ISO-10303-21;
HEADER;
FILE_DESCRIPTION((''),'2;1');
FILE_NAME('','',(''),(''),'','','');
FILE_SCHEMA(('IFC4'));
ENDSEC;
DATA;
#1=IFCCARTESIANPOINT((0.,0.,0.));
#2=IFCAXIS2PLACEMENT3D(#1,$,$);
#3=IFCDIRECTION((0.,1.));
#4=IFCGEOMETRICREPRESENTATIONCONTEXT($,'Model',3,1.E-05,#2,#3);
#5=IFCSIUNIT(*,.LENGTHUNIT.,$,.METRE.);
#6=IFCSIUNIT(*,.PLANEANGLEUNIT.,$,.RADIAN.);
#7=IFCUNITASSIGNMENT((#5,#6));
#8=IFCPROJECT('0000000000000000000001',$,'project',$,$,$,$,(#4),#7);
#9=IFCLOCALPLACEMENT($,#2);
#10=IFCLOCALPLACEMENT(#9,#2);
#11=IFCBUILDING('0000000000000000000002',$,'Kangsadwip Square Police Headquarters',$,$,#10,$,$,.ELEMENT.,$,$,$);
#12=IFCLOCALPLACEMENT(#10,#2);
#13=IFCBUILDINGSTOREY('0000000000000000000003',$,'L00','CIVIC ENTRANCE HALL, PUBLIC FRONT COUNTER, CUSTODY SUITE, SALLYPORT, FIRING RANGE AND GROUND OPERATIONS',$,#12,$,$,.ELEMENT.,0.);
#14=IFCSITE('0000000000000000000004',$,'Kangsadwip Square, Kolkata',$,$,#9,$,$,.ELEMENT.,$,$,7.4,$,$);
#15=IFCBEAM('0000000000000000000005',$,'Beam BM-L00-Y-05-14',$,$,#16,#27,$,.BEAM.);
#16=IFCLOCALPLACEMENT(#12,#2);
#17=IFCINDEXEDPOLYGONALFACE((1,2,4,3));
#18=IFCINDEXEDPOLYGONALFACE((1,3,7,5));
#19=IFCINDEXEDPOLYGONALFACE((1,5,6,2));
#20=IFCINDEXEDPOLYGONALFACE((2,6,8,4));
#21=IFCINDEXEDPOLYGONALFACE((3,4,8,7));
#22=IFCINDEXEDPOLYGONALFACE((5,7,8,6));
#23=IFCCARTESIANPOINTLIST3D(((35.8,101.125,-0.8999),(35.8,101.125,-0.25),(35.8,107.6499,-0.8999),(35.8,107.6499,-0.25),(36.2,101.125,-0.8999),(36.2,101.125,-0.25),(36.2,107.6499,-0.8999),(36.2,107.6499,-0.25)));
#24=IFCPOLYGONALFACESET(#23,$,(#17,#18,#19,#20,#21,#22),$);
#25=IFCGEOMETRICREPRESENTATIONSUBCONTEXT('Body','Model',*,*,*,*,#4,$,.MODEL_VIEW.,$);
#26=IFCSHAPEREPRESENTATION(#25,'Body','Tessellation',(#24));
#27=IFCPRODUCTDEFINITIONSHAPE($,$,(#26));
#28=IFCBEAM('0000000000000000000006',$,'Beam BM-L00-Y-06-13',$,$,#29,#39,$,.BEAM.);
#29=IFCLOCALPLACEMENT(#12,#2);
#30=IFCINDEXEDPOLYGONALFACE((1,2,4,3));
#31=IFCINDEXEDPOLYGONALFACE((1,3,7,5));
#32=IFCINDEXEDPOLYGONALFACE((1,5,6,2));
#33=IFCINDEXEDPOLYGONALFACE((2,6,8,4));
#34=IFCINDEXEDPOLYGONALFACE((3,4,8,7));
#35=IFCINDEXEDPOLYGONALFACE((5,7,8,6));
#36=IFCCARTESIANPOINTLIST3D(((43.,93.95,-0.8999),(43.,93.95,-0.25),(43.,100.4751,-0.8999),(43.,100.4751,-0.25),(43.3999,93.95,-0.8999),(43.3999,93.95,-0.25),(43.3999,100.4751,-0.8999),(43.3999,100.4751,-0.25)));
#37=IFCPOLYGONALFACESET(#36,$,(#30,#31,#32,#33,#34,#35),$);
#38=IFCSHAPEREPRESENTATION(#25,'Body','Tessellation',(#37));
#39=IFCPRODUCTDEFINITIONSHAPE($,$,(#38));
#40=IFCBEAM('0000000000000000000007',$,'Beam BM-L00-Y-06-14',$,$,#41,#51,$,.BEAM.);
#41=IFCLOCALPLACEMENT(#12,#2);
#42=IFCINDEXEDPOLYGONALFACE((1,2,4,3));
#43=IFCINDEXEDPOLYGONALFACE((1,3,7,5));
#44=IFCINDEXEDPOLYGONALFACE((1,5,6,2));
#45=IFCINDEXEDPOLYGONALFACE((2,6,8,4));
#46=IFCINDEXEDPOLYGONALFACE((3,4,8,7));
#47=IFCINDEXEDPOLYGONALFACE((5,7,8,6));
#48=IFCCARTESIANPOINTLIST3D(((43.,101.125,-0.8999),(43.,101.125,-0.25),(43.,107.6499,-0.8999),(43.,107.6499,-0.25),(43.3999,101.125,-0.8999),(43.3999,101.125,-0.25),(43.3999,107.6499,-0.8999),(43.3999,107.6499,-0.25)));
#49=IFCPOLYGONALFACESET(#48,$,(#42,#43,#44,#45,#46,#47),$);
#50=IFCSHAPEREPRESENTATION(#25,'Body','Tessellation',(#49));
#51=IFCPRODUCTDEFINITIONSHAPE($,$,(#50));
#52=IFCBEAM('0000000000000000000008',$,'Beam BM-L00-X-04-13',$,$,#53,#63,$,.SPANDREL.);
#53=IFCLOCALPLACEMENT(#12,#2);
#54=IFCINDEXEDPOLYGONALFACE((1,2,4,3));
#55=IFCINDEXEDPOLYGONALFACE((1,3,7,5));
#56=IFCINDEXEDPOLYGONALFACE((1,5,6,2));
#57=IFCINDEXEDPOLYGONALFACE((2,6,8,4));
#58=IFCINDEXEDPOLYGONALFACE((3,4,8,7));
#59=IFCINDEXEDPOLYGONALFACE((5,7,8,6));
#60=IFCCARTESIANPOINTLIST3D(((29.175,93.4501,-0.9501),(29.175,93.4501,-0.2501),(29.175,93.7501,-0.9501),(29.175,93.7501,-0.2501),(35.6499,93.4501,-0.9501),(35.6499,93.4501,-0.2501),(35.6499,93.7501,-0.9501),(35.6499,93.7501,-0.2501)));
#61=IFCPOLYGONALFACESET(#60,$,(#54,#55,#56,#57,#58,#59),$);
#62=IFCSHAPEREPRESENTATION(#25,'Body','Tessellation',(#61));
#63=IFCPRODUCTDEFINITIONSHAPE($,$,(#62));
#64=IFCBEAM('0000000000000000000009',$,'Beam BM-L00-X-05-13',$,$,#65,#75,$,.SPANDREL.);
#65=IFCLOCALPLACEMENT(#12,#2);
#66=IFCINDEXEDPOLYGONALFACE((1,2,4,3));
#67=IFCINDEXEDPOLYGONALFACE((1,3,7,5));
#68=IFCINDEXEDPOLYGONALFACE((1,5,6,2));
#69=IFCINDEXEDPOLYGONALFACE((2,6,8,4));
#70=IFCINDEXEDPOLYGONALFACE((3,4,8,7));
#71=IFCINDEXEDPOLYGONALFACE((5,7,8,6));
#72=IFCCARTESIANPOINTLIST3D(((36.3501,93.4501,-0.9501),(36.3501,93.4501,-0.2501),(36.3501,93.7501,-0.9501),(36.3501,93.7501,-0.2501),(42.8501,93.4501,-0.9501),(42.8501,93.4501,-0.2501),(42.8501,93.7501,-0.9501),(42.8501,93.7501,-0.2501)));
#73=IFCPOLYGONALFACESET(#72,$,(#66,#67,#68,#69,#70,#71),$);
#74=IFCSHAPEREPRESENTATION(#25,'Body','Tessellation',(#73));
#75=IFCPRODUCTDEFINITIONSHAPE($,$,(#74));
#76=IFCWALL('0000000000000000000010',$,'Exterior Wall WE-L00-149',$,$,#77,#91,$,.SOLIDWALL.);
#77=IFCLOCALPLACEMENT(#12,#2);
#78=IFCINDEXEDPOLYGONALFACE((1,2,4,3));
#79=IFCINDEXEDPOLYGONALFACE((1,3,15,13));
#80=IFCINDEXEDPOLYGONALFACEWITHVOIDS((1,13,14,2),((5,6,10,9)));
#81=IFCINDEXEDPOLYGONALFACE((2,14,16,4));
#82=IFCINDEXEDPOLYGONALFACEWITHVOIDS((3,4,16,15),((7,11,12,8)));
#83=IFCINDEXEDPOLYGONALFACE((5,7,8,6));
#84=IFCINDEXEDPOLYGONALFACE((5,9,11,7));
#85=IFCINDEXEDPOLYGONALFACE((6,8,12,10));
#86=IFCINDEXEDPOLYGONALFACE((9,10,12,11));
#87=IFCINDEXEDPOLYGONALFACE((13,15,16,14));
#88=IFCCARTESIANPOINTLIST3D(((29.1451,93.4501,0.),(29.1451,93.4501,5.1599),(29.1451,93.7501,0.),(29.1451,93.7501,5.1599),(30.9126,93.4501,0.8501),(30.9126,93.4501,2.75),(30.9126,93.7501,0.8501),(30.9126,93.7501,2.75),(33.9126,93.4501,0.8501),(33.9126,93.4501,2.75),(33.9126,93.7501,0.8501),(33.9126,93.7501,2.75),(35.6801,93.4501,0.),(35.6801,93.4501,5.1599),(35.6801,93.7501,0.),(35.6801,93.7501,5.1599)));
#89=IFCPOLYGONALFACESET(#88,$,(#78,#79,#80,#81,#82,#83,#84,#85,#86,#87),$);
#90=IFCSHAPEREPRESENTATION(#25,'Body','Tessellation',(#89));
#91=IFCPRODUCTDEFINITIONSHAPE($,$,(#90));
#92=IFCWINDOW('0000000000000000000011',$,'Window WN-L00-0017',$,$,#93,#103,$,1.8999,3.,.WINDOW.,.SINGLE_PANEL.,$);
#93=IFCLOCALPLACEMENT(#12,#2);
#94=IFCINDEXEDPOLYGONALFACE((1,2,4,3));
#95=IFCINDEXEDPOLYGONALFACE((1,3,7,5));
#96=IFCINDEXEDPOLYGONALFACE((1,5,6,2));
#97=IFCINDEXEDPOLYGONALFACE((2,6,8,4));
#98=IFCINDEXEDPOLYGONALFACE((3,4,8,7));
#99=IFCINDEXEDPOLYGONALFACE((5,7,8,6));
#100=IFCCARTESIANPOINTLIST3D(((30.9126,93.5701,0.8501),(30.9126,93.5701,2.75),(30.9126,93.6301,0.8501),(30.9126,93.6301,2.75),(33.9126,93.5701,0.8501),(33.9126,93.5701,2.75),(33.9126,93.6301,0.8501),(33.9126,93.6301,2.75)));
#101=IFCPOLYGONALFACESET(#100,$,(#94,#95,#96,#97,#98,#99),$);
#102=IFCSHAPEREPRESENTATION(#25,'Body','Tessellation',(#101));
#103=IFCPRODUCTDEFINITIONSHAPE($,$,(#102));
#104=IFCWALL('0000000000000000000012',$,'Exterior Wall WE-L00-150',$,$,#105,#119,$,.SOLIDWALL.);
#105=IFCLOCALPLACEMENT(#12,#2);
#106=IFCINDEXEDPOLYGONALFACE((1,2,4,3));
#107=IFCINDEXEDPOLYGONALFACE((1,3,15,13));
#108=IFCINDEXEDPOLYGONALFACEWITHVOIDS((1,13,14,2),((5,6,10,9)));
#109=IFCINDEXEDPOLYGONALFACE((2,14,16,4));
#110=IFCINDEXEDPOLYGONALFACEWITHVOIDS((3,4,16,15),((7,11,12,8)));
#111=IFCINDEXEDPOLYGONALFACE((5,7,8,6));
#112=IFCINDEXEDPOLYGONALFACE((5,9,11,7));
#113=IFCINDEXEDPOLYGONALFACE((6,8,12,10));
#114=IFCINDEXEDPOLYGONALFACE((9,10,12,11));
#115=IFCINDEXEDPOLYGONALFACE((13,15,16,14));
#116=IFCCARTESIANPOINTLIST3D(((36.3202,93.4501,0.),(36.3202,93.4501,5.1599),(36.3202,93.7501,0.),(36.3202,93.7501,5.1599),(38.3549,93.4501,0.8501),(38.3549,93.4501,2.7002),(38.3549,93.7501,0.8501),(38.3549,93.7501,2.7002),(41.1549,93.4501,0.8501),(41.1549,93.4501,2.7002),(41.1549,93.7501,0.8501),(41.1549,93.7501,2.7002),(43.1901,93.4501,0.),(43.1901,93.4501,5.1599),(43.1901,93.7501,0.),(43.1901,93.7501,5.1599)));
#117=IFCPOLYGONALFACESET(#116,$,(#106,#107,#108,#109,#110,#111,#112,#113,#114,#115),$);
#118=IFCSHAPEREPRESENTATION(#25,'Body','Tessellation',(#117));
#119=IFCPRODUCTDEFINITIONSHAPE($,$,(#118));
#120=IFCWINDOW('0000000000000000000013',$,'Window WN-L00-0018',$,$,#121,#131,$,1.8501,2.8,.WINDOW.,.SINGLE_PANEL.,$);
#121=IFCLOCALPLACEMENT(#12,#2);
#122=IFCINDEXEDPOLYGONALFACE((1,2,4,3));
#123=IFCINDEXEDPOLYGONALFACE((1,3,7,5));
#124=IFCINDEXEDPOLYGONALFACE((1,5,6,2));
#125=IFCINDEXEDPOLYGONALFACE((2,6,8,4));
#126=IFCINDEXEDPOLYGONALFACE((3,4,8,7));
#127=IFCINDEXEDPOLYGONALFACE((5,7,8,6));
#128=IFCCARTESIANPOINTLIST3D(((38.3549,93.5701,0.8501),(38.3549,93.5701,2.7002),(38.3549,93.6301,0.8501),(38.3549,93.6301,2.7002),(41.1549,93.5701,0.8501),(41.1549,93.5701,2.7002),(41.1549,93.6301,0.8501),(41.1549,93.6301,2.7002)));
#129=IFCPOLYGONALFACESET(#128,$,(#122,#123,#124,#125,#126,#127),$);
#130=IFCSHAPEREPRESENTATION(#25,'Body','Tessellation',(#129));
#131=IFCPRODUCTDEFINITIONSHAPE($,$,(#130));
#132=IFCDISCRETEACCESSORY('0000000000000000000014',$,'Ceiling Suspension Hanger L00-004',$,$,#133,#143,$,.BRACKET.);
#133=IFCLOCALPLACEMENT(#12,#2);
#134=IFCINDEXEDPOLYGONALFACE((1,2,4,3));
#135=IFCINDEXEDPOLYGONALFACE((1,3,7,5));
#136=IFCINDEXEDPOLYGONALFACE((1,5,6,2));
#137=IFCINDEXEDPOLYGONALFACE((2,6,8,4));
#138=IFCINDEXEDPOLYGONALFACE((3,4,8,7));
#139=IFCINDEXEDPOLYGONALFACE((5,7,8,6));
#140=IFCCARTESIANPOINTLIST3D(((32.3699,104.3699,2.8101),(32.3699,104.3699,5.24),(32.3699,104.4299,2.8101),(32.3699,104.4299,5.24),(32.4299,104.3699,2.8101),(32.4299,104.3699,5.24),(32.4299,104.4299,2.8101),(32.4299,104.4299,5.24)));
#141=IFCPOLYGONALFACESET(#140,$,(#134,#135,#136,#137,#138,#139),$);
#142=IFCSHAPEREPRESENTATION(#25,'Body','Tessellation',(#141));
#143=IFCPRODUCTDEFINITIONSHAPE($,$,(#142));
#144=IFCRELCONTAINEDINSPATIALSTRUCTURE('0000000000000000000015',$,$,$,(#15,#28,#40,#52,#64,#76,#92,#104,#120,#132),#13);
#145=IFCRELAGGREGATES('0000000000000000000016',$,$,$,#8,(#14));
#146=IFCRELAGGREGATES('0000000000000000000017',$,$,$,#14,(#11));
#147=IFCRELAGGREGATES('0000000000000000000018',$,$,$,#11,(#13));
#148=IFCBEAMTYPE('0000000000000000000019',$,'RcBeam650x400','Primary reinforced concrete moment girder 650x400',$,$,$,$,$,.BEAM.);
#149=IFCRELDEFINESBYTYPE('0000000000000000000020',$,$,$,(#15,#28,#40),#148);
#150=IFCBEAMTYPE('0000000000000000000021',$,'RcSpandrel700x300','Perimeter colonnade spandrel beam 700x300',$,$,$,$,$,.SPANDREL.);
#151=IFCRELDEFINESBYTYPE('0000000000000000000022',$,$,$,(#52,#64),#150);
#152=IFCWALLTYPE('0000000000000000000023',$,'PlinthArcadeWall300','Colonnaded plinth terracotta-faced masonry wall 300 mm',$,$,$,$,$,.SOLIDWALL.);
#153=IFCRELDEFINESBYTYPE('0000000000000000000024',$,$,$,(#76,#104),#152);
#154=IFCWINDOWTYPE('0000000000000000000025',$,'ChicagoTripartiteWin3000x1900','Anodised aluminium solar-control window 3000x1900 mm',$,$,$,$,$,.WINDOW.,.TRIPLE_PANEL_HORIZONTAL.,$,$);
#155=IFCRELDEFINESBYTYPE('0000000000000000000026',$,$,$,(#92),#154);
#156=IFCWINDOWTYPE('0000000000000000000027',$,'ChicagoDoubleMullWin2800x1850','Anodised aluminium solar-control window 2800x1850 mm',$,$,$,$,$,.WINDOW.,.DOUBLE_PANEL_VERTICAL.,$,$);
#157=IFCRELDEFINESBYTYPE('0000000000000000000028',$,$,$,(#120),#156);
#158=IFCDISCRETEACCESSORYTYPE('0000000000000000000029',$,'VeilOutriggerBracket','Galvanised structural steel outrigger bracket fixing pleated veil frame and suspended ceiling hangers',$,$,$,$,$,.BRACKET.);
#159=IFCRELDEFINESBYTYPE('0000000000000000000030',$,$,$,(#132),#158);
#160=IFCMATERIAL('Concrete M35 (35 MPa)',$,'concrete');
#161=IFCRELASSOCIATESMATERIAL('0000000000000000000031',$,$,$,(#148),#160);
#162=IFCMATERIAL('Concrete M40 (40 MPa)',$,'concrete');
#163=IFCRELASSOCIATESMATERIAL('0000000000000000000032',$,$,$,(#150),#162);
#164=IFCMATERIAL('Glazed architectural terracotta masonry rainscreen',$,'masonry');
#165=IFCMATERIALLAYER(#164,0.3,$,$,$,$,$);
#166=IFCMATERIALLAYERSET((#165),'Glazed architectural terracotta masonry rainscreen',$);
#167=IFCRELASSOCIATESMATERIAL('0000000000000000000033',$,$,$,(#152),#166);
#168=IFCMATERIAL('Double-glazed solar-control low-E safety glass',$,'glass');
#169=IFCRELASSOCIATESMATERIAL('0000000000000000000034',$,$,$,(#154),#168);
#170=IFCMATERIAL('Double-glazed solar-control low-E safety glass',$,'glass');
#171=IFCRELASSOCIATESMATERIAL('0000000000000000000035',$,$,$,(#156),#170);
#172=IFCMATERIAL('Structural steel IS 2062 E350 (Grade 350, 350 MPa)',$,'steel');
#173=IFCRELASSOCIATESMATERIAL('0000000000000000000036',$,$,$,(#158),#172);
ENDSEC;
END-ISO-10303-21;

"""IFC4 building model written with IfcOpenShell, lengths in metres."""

from ifc_helpers import new_model, si_unit, direction, frame, frame_2d, origin, origin_2d, place, context, subcontext, project, spatial, rectangle, extrude, material, layer, layer_set, material_profile, profile_set, type_object, element, fill, save


model = new_model("IFC4")

# Units and contexts
model_context = context("Model", 3, precision=1e-05, world=origin(), true_north=direction((0.0, 1.0)))
body_context = subcontext(model_context, "Body", "Model", "MODEL_VIEW")
ifc_project = project(units=[si_unit("LENGTHUNIT", "METRE"), si_unit("PLANEANGLEUNIT", "RADIAN")], contexts=[model_context])

# Site, building, storey
site_placement = place(None, origin())
site = spatial("IfcSite", under=ifc_project, at=site_placement, Name="Kangsadwip Square, Kolkata", CompositionType="ELEMENT", RefElevation=7.4)
building_placement = place(site_placement, origin())
building = spatial("IfcBuilding", under=site, at=building_placement, Name="Kangsadwip Square Police Headquarters", CompositionType="ELEMENT")
storey_placement = place(building_placement, origin())
storey = spatial("IfcBuildingStorey", under=building, at=storey_placement, Name="L00", Description="CIVIC ENTRANCE HALL, PUBLIC FRONT COUNTER, CUSTODY SUITE, SALLYPORT, FIRING RANGE AND GROUND OPERATIONS", CompositionType="ELEMENT", Elevation=0.0)

# Beams
ifc_material_1 = material(Name="Concrete M35 (35 MPa)", Category="concrete")
ifc_material_profile_1 = material_profile(ifc_material_1, rectangle(XDim=0.3999, YDim=0.6499, at=origin_2d()), Name="RC BM 650X400")
ifc_profile_set_1 = profile_set([ifc_material_profile_1], Name="Concrete M35 (35 MPa)")
beam_type_1 = type_object("IfcBeamType", Name="RcBeam650x400", Description="Primary reinforced concrete moment girder 650x400", PredefinedType="BEAM", material=ifc_profile_set_1)
beam_1_placement = place(storey_placement, frame((36.0, 101.125, -0.575), z_axis=(0.0, 1.0, 0.0), x_axis=(-1.0, 0.0, 0.0)))
element("IfcBeam", 1, at=beam_1_placement, inside=storey, type_object=beam_type_1, Name="Beam BM-L00-Y-05-14", PredefinedType="BEAM", context=body_context, shape_type="SweptSolid", body=[
    extrude(rectangle(XDim=0.3999, YDim=0.6499, at=origin_2d()), origin(), (0.0, 0.0, 1.0), 6.5249),
])
beam_2_placement = place(storey_placement, frame((43.2, 93.95, -0.575), z_axis=(0.0, 1.0, 0.0), x_axis=(-1.0, 0.0, 0.0)))
element("IfcBeam", 2, at=beam_2_placement, inside=storey, type_object=beam_type_1, Name="Beam BM-L00-Y-06-13", PredefinedType="BEAM", context=body_context, shape_type="SweptSolid", body=[
    extrude(rectangle(XDim=0.3999, YDim=0.6499, at=origin_2d()), origin(), (0.0, 0.0, 1.0), 6.5251),
])
beam_3_placement = place(storey_placement, frame((43.2, 101.125, -0.575), z_axis=(0.0, 1.0, 0.0), x_axis=(-1.0, 0.0, 0.0)))
element("IfcBeam", 3, at=beam_3_placement, inside=storey, type_object=beam_type_1, Name="Beam BM-L00-Y-06-14", PredefinedType="BEAM", context=body_context, shape_type="SweptSolid", body=[
    extrude(rectangle(XDim=0.3999, YDim=0.6499, at=origin_2d()), origin(), (0.0, 0.0, 1.0), 6.5249),
])
ifc_material_2 = material(Name="Concrete M40 (40 MPa)", Category="concrete")
ifc_material_profile_2 = material_profile(ifc_material_2, rectangle(XDim=0.3, YDim=0.7, at=origin_2d()), Name="RC SPN 700X300")
ifc_profile_set_2 = profile_set([ifc_material_profile_2], Name="Concrete M40 (40 MPa)")
beam_type_2 = type_object("IfcBeamType", Name="RcSpandrel700x300", Description="Perimeter colonnade spandrel beam 700x300", PredefinedType="SPANDREL", material=ifc_profile_set_2)
beam_4_placement = place(storey_placement, frame((29.175, 93.6001, -0.6001), z_axis=(1.0, 0.0, 0.0), x_axis=(0.0, 1.0, 0.0)))
element("IfcBeam", 4, at=beam_4_placement, inside=storey, type_object=beam_type_2, Name="Beam BM-L00-X-04-13", PredefinedType="SPANDREL", context=body_context, shape_type="SweptSolid", body=[
    extrude(rectangle(XDim=0.3, YDim=0.7, at=origin_2d()), origin(), (0.0, 0.0, 1.0), 6.4749),
])
beam_5_placement = place(storey_placement, frame((36.3501, 93.6001, -0.6001), z_axis=(1.0, 0.0, 0.0), x_axis=(0.0, 1.0, 0.0)))
element("IfcBeam", 5, at=beam_5_placement, inside=storey, type_object=beam_type_2, Name="Beam BM-L00-X-05-13", PredefinedType="SPANDREL", context=body_context, shape_type="SweptSolid", body=[
    extrude(rectangle(XDim=0.3, YDim=0.7, at=origin_2d()), origin(), (0.0, 0.0, 1.0), 6.5),
])

# Walls, openings, windows
ifc_material_3 = material(Name="Glazed architectural terracotta masonry rainscreen", Category="masonry")
ifc_layer = layer(ifc_material_3, 0.3)
ifc_layer_set = layer_set([ifc_layer], Name="Glazed architectural terracotta masonry rainscreen")
wall_type = type_object("IfcWallType", Name="PlinthArcadeWall300", Description="Colonnaded plinth terracotta-faced masonry wall 300 mm", PredefinedType="SOLIDWALL", material=ifc_layer_set)
wall_1_placement = place(storey_placement, frame((29.145, 93.6001, 0.0), z_axis=(0.0, 0.0, 1.0), x_axis=(1.0, 0.0, 0.0)))
wall_1 = element("IfcWall", 6, at=wall_1_placement, inside=storey, type_object=wall_type, Name="Exterior Wall WE-L00-149", PredefinedType="SOLIDWALL", context=body_context, shape_type="SweptSolid", body=[
    extrude(rectangle(XDim=6.5349, YDim=0.3, at=frame_2d((3.2676, 0.0))), origin(), (0.0, 0.0, 1.0), 5.1599),
])
opening_1_placement = place(wall_1_placement, frame((1.7676, 0.0, 0.8501)))
opening_1 = element("IfcOpeningElement", 7, at=opening_1_placement, cuts=wall_1, PredefinedType="OPENING", context=body_context, shape_type="SweptSolid", body=[
    extrude(rectangle(XDim=3.0, YDim=1.8999, at=frame_2d((1.5, 0.95))), frame((0.0, 0.1599, 0.0), z_axis=(0.0, -1.0, 0.0), x_axis=(1.0, 0.0, 0.0)), (0.0, 0.0, 1.0), 0.3201),
])
ifc_material_4 = material(Name="Double-glazed solar-control low-E safety glass", Category="glass")
window_type_1 = type_object("IfcWindowType", Name="ChicagoTripartiteWin3000x1900", Description="Anodised aluminium solar-control window 3000x1900 mm", PartitioningType="TRIPLE_PANEL_HORIZONTAL", PredefinedType="WINDOW", material=ifc_material_4)
window_1_placement = place(opening_1_placement, origin())
window_1 = element("IfcWindow", 8, at=window_1_placement, inside=storey, type_object=window_type_1, Name="Window WN-L00-0017", OverallHeight=1.8999, OverallWidth=3.0, PartitioningType="SINGLE_PANEL", PredefinedType="WINDOW", context=body_context, shape_type="SweptSolid", body=[
    extrude(rectangle(XDim=3.0, YDim=1.8999, at=frame_2d((1.5, 0.95))), frame((0.0, 0.03, 0.0), z_axis=(0.0, -1.0, 0.0), x_axis=(1.0, 0.0, 0.0)), (0.0, 0.0, 1.0), 0.0601),
])
fill(opening_1, window_1)
wall_2_placement = place(storey_placement, frame((36.3201, 93.6001, 0.0), z_axis=(0.0, 0.0, 1.0), x_axis=(1.0, 0.0, 0.0)))
wall_2 = element("IfcWall", 9, at=wall_2_placement, inside=storey, type_object=wall_type, Name="Exterior Wall WE-L00-150", PredefinedType="SOLIDWALL", context=body_context, shape_type="SweptSolid", body=[
    extrude(rectangle(XDim=6.8699, YDim=0.3, at=frame_2d((3.4351, 0.0))), origin(), (0.0, 0.0, 1.0), 5.1599),
])
opening_2_placement = place(wall_2_placement, frame((2.0349, 0.0, 0.8501)))
opening_2 = element("IfcOpeningElement", 10, at=opening_2_placement, cuts=wall_2, PredefinedType="OPENING", context=body_context, shape_type="SweptSolid", body=[
    extrude(rectangle(XDim=2.8, YDim=1.8501, at=frame_2d((1.3999, 0.925))), frame((0.0, 0.1599, 0.0), z_axis=(0.0, -1.0, 0.0), x_axis=(1.0, 0.0, 0.0)), (0.0, 0.0, 1.0), 0.3201),
])
ifc_material_5 = material(Name="Double-glazed solar-control low-E safety glass", Category="glass")
window_type_2 = type_object("IfcWindowType", Name="ChicagoDoubleMullWin2800x1850", Description="Anodised aluminium solar-control window 2800x1850 mm", PartitioningType="DOUBLE_PANEL_VERTICAL", PredefinedType="WINDOW", material=ifc_material_5)
window_2_placement = place(opening_2_placement, origin())
window_2 = element("IfcWindow", 11, at=window_2_placement, inside=storey, type_object=window_type_2, Name="Window WN-L00-0018", OverallHeight=1.8501, OverallWidth=2.8, PartitioningType="SINGLE_PANEL", PredefinedType="WINDOW", context=body_context, shape_type="SweptSolid", body=[
    extrude(rectangle(XDim=2.8, YDim=1.8501, at=frame_2d((1.3999, 0.925))), frame((0.0, 0.03, 0.0), z_axis=(0.0, -1.0, 0.0), x_axis=(1.0, 0.0, 0.0)), (0.0, 0.0, 1.0), 0.0601),
])
fill(opening_2, window_2)

# Discrete accessory
ifc_material_6 = material(Name="Structural steel IS 2062 E350 (Grade 350, 350 MPa)", Category="steel")
discrete_accessory_type = type_object("IfcDiscreteAccessoryType", Name="VeilOutriggerBracket", Description="Galvanised structural steel outrigger bracket fixing pleated veil frame and suspended ceiling hangers", PredefinedType="BRACKET", material=ifc_material_6)
discrete_accessory_placement = place(storey_placement, frame((32.3999, 104.3999, 2.8101), z_axis=(0.0, 0.0, 1.0), x_axis=(1.0, 0.0, 0.0)))
element("IfcDiscreteAccessory", 12, at=discrete_accessory_placement, inside=storey, type_object=discrete_accessory_type, Name="Ceiling Suspension Hanger L00-004", PredefinedType="BRACKET", context=body_context, shape_type="SweptSolid", body=[
    extrude(rectangle(XDim=0.0601, YDim=0.0601, at=origin_2d()), origin(), (0.0, 0.0, 1.0), 2.4299),
])

save(model, "model.ifc")
